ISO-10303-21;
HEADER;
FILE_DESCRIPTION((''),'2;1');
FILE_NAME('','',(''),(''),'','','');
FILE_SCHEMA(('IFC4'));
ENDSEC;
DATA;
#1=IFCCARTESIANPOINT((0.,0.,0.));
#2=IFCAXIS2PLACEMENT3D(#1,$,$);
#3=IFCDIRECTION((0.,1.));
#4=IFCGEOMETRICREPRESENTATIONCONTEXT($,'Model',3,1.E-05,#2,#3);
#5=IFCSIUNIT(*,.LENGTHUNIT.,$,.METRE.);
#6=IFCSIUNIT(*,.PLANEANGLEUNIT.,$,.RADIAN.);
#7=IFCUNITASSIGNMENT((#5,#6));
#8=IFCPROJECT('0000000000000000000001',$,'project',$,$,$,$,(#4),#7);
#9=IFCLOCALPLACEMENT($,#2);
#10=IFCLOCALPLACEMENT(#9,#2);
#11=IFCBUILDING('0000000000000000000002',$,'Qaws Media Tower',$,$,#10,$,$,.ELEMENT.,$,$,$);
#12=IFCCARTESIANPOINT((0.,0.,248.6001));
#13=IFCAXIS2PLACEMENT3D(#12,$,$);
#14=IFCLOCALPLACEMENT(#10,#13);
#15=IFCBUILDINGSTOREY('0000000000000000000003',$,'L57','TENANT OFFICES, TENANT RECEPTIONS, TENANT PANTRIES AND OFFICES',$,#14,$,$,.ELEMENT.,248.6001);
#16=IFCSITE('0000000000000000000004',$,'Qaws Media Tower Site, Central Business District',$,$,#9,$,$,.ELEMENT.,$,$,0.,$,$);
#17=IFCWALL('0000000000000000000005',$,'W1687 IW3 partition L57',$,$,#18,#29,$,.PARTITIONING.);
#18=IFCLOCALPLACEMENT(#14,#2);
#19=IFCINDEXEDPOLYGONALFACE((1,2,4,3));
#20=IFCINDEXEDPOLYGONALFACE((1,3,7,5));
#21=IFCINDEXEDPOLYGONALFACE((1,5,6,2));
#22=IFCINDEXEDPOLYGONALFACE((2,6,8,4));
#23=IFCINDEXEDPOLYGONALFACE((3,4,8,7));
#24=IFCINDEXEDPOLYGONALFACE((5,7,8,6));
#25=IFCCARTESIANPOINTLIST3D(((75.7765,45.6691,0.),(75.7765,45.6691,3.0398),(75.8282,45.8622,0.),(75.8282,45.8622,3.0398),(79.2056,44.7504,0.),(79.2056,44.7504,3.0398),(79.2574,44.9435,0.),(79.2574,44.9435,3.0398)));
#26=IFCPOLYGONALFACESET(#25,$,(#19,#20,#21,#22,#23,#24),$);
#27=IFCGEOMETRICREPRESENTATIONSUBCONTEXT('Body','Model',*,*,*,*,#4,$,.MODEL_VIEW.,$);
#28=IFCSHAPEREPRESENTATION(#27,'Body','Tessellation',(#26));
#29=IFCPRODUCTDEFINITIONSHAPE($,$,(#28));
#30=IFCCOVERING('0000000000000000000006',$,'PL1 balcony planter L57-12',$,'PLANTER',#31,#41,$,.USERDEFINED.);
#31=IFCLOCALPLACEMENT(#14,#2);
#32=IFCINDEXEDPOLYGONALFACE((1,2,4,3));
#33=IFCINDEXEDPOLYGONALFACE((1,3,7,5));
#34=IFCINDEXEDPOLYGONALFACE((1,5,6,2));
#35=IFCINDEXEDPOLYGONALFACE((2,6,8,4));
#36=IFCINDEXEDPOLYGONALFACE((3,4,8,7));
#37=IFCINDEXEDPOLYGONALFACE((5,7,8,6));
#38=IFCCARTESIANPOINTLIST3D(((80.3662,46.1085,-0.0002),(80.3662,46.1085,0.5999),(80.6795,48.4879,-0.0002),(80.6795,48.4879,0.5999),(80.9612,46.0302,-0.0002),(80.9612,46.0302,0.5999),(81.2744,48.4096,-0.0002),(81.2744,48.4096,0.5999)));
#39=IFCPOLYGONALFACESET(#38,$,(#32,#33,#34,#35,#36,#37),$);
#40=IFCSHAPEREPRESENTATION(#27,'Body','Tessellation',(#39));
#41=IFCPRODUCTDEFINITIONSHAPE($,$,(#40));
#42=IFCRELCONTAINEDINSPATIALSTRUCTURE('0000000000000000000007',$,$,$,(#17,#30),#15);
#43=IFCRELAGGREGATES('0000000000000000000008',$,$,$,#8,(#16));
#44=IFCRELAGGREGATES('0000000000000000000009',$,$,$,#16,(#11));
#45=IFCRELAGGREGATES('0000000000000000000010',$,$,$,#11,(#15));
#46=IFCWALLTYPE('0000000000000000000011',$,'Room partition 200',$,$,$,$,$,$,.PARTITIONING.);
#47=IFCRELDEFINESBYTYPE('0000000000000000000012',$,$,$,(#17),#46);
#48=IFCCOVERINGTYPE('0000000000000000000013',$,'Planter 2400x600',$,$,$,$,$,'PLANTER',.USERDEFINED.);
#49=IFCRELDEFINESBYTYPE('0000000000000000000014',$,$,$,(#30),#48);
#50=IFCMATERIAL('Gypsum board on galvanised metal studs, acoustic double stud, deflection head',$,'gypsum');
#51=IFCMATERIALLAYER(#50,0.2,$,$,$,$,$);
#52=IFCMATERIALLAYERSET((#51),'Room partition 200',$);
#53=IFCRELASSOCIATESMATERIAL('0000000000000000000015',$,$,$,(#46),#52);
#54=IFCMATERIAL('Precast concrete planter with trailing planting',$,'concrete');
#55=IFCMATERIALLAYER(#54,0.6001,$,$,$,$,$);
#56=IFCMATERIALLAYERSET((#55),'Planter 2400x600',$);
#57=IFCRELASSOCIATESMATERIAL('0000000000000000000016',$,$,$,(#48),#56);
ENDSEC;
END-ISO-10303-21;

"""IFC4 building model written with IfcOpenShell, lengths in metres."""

from ifc_helpers import new_model, si_unit, direction, frame, frame_2d, origin, origin_2d, place, context, subcontext, project, spatial, rectangle, extrude, material, layer, layer_set, type_object, element, save


model = new_model("IFC4")

# Units and contexts
model_context = context("Model", 3, precision=1e-05, world=origin(), true_north=direction((0.0, 1.0)))
body_context = subcontext(model_context, "Body", "Model", "MODEL_VIEW")
ifc_project = project(units=[si_unit("LENGTHUNIT", "METRE"), si_unit("PLANEANGLEUNIT", "RADIAN")], contexts=[model_context])

# Site, building, storey
site_placement = place(None, origin())
site = spatial("IfcSite", under=ifc_project, at=site_placement, Name="Qaws Media Tower Site, Central Business District", CompositionType="ELEMENT", RefElevation=0.0)
building_placement = place(site_placement, origin())
building = spatial("IfcBuilding", under=site, at=building_placement, Name="Qaws Media Tower", CompositionType="ELEMENT")
storey_placement = place(building_placement, frame((0.0, 0.0, 248.6001)))
storey = spatial("IfcBuildingStorey", under=building, at=storey_placement, Name="L57", Description="TENANT OFFICES, TENANT RECEPTIONS, TENANT PANTRIES AND OFFICES", CompositionType="ELEMENT", Elevation=248.6001)

# Shared definitions
ifc_material_1 = material(Name="Gypsum board on galvanised metal studs, acoustic double stud, deflection head", Category="gypsum")
ifc_layer_1 = layer(ifc_material_1, 0.2)
ifc_layer_set_1 = layer_set([ifc_layer_1], Name="Room partition 200")
wall_type_1 = type_object("IfcWallType", Name="Room partition 200", PredefinedType="PARTITIONING", material=ifc_layer_set_1)

# Wall
wall_1_placement = place(storey_placement, frame((75.8025, 45.7656, 0.0), z_axis=(0.0, 0.0, 1.0), x_axis=(0.965936, -0.25878, 0.0)))
element("IfcWall", 1, at=wall_1_placement, inside=storey, type_object=wall_type_1, Name="W1687 IW3 partition L57", PredefinedType="PARTITIONING", context=body_context, shape_type="SweptSolid", body=[
    extrude(rectangle(XDim=3.55, YDim=0.2, at=frame_2d((1.7749, 0.0))), origin(), (0.0, 0.0, 1.0), 3.0398),
])

# Covering
ifc_material_2 = material(Name="Precast concrete planter with trailing planting", Category="concrete")
ifc_layer_2 = layer(ifc_material_2, 0.6001)
ifc_layer_set_2 = layer_set([ifc_layer_2], Name="Planter 2400x600")
covering_type = type_object("IfcCoveringType", Name="Planter 2400x600", ElementType="PLANTER", PredefinedType="USERDEFINED", material=ifc_layer_set_2)
covering_placement = place(storey_placement, frame((80.8203, 47.259, -0.0002), z_axis=(0.0, 0.0, 1.0), x_axis=(0.130526, 0.991445, 0.0)))
element("IfcCovering", 2, at=covering_placement, inside=storey, type_object=covering_type, Name="PL1 balcony planter L57-12", ObjectType="PLANTER", PredefinedType="USERDEFINED", context=body_context, shape_type="SweptSolid", body=[
    extrude(rectangle(XDim=2.3999, YDim=0.6001, at=origin_2d()), origin(), (0.0, 0.0, 1.0), 0.6001),
])

save(model, "model.ifc")
